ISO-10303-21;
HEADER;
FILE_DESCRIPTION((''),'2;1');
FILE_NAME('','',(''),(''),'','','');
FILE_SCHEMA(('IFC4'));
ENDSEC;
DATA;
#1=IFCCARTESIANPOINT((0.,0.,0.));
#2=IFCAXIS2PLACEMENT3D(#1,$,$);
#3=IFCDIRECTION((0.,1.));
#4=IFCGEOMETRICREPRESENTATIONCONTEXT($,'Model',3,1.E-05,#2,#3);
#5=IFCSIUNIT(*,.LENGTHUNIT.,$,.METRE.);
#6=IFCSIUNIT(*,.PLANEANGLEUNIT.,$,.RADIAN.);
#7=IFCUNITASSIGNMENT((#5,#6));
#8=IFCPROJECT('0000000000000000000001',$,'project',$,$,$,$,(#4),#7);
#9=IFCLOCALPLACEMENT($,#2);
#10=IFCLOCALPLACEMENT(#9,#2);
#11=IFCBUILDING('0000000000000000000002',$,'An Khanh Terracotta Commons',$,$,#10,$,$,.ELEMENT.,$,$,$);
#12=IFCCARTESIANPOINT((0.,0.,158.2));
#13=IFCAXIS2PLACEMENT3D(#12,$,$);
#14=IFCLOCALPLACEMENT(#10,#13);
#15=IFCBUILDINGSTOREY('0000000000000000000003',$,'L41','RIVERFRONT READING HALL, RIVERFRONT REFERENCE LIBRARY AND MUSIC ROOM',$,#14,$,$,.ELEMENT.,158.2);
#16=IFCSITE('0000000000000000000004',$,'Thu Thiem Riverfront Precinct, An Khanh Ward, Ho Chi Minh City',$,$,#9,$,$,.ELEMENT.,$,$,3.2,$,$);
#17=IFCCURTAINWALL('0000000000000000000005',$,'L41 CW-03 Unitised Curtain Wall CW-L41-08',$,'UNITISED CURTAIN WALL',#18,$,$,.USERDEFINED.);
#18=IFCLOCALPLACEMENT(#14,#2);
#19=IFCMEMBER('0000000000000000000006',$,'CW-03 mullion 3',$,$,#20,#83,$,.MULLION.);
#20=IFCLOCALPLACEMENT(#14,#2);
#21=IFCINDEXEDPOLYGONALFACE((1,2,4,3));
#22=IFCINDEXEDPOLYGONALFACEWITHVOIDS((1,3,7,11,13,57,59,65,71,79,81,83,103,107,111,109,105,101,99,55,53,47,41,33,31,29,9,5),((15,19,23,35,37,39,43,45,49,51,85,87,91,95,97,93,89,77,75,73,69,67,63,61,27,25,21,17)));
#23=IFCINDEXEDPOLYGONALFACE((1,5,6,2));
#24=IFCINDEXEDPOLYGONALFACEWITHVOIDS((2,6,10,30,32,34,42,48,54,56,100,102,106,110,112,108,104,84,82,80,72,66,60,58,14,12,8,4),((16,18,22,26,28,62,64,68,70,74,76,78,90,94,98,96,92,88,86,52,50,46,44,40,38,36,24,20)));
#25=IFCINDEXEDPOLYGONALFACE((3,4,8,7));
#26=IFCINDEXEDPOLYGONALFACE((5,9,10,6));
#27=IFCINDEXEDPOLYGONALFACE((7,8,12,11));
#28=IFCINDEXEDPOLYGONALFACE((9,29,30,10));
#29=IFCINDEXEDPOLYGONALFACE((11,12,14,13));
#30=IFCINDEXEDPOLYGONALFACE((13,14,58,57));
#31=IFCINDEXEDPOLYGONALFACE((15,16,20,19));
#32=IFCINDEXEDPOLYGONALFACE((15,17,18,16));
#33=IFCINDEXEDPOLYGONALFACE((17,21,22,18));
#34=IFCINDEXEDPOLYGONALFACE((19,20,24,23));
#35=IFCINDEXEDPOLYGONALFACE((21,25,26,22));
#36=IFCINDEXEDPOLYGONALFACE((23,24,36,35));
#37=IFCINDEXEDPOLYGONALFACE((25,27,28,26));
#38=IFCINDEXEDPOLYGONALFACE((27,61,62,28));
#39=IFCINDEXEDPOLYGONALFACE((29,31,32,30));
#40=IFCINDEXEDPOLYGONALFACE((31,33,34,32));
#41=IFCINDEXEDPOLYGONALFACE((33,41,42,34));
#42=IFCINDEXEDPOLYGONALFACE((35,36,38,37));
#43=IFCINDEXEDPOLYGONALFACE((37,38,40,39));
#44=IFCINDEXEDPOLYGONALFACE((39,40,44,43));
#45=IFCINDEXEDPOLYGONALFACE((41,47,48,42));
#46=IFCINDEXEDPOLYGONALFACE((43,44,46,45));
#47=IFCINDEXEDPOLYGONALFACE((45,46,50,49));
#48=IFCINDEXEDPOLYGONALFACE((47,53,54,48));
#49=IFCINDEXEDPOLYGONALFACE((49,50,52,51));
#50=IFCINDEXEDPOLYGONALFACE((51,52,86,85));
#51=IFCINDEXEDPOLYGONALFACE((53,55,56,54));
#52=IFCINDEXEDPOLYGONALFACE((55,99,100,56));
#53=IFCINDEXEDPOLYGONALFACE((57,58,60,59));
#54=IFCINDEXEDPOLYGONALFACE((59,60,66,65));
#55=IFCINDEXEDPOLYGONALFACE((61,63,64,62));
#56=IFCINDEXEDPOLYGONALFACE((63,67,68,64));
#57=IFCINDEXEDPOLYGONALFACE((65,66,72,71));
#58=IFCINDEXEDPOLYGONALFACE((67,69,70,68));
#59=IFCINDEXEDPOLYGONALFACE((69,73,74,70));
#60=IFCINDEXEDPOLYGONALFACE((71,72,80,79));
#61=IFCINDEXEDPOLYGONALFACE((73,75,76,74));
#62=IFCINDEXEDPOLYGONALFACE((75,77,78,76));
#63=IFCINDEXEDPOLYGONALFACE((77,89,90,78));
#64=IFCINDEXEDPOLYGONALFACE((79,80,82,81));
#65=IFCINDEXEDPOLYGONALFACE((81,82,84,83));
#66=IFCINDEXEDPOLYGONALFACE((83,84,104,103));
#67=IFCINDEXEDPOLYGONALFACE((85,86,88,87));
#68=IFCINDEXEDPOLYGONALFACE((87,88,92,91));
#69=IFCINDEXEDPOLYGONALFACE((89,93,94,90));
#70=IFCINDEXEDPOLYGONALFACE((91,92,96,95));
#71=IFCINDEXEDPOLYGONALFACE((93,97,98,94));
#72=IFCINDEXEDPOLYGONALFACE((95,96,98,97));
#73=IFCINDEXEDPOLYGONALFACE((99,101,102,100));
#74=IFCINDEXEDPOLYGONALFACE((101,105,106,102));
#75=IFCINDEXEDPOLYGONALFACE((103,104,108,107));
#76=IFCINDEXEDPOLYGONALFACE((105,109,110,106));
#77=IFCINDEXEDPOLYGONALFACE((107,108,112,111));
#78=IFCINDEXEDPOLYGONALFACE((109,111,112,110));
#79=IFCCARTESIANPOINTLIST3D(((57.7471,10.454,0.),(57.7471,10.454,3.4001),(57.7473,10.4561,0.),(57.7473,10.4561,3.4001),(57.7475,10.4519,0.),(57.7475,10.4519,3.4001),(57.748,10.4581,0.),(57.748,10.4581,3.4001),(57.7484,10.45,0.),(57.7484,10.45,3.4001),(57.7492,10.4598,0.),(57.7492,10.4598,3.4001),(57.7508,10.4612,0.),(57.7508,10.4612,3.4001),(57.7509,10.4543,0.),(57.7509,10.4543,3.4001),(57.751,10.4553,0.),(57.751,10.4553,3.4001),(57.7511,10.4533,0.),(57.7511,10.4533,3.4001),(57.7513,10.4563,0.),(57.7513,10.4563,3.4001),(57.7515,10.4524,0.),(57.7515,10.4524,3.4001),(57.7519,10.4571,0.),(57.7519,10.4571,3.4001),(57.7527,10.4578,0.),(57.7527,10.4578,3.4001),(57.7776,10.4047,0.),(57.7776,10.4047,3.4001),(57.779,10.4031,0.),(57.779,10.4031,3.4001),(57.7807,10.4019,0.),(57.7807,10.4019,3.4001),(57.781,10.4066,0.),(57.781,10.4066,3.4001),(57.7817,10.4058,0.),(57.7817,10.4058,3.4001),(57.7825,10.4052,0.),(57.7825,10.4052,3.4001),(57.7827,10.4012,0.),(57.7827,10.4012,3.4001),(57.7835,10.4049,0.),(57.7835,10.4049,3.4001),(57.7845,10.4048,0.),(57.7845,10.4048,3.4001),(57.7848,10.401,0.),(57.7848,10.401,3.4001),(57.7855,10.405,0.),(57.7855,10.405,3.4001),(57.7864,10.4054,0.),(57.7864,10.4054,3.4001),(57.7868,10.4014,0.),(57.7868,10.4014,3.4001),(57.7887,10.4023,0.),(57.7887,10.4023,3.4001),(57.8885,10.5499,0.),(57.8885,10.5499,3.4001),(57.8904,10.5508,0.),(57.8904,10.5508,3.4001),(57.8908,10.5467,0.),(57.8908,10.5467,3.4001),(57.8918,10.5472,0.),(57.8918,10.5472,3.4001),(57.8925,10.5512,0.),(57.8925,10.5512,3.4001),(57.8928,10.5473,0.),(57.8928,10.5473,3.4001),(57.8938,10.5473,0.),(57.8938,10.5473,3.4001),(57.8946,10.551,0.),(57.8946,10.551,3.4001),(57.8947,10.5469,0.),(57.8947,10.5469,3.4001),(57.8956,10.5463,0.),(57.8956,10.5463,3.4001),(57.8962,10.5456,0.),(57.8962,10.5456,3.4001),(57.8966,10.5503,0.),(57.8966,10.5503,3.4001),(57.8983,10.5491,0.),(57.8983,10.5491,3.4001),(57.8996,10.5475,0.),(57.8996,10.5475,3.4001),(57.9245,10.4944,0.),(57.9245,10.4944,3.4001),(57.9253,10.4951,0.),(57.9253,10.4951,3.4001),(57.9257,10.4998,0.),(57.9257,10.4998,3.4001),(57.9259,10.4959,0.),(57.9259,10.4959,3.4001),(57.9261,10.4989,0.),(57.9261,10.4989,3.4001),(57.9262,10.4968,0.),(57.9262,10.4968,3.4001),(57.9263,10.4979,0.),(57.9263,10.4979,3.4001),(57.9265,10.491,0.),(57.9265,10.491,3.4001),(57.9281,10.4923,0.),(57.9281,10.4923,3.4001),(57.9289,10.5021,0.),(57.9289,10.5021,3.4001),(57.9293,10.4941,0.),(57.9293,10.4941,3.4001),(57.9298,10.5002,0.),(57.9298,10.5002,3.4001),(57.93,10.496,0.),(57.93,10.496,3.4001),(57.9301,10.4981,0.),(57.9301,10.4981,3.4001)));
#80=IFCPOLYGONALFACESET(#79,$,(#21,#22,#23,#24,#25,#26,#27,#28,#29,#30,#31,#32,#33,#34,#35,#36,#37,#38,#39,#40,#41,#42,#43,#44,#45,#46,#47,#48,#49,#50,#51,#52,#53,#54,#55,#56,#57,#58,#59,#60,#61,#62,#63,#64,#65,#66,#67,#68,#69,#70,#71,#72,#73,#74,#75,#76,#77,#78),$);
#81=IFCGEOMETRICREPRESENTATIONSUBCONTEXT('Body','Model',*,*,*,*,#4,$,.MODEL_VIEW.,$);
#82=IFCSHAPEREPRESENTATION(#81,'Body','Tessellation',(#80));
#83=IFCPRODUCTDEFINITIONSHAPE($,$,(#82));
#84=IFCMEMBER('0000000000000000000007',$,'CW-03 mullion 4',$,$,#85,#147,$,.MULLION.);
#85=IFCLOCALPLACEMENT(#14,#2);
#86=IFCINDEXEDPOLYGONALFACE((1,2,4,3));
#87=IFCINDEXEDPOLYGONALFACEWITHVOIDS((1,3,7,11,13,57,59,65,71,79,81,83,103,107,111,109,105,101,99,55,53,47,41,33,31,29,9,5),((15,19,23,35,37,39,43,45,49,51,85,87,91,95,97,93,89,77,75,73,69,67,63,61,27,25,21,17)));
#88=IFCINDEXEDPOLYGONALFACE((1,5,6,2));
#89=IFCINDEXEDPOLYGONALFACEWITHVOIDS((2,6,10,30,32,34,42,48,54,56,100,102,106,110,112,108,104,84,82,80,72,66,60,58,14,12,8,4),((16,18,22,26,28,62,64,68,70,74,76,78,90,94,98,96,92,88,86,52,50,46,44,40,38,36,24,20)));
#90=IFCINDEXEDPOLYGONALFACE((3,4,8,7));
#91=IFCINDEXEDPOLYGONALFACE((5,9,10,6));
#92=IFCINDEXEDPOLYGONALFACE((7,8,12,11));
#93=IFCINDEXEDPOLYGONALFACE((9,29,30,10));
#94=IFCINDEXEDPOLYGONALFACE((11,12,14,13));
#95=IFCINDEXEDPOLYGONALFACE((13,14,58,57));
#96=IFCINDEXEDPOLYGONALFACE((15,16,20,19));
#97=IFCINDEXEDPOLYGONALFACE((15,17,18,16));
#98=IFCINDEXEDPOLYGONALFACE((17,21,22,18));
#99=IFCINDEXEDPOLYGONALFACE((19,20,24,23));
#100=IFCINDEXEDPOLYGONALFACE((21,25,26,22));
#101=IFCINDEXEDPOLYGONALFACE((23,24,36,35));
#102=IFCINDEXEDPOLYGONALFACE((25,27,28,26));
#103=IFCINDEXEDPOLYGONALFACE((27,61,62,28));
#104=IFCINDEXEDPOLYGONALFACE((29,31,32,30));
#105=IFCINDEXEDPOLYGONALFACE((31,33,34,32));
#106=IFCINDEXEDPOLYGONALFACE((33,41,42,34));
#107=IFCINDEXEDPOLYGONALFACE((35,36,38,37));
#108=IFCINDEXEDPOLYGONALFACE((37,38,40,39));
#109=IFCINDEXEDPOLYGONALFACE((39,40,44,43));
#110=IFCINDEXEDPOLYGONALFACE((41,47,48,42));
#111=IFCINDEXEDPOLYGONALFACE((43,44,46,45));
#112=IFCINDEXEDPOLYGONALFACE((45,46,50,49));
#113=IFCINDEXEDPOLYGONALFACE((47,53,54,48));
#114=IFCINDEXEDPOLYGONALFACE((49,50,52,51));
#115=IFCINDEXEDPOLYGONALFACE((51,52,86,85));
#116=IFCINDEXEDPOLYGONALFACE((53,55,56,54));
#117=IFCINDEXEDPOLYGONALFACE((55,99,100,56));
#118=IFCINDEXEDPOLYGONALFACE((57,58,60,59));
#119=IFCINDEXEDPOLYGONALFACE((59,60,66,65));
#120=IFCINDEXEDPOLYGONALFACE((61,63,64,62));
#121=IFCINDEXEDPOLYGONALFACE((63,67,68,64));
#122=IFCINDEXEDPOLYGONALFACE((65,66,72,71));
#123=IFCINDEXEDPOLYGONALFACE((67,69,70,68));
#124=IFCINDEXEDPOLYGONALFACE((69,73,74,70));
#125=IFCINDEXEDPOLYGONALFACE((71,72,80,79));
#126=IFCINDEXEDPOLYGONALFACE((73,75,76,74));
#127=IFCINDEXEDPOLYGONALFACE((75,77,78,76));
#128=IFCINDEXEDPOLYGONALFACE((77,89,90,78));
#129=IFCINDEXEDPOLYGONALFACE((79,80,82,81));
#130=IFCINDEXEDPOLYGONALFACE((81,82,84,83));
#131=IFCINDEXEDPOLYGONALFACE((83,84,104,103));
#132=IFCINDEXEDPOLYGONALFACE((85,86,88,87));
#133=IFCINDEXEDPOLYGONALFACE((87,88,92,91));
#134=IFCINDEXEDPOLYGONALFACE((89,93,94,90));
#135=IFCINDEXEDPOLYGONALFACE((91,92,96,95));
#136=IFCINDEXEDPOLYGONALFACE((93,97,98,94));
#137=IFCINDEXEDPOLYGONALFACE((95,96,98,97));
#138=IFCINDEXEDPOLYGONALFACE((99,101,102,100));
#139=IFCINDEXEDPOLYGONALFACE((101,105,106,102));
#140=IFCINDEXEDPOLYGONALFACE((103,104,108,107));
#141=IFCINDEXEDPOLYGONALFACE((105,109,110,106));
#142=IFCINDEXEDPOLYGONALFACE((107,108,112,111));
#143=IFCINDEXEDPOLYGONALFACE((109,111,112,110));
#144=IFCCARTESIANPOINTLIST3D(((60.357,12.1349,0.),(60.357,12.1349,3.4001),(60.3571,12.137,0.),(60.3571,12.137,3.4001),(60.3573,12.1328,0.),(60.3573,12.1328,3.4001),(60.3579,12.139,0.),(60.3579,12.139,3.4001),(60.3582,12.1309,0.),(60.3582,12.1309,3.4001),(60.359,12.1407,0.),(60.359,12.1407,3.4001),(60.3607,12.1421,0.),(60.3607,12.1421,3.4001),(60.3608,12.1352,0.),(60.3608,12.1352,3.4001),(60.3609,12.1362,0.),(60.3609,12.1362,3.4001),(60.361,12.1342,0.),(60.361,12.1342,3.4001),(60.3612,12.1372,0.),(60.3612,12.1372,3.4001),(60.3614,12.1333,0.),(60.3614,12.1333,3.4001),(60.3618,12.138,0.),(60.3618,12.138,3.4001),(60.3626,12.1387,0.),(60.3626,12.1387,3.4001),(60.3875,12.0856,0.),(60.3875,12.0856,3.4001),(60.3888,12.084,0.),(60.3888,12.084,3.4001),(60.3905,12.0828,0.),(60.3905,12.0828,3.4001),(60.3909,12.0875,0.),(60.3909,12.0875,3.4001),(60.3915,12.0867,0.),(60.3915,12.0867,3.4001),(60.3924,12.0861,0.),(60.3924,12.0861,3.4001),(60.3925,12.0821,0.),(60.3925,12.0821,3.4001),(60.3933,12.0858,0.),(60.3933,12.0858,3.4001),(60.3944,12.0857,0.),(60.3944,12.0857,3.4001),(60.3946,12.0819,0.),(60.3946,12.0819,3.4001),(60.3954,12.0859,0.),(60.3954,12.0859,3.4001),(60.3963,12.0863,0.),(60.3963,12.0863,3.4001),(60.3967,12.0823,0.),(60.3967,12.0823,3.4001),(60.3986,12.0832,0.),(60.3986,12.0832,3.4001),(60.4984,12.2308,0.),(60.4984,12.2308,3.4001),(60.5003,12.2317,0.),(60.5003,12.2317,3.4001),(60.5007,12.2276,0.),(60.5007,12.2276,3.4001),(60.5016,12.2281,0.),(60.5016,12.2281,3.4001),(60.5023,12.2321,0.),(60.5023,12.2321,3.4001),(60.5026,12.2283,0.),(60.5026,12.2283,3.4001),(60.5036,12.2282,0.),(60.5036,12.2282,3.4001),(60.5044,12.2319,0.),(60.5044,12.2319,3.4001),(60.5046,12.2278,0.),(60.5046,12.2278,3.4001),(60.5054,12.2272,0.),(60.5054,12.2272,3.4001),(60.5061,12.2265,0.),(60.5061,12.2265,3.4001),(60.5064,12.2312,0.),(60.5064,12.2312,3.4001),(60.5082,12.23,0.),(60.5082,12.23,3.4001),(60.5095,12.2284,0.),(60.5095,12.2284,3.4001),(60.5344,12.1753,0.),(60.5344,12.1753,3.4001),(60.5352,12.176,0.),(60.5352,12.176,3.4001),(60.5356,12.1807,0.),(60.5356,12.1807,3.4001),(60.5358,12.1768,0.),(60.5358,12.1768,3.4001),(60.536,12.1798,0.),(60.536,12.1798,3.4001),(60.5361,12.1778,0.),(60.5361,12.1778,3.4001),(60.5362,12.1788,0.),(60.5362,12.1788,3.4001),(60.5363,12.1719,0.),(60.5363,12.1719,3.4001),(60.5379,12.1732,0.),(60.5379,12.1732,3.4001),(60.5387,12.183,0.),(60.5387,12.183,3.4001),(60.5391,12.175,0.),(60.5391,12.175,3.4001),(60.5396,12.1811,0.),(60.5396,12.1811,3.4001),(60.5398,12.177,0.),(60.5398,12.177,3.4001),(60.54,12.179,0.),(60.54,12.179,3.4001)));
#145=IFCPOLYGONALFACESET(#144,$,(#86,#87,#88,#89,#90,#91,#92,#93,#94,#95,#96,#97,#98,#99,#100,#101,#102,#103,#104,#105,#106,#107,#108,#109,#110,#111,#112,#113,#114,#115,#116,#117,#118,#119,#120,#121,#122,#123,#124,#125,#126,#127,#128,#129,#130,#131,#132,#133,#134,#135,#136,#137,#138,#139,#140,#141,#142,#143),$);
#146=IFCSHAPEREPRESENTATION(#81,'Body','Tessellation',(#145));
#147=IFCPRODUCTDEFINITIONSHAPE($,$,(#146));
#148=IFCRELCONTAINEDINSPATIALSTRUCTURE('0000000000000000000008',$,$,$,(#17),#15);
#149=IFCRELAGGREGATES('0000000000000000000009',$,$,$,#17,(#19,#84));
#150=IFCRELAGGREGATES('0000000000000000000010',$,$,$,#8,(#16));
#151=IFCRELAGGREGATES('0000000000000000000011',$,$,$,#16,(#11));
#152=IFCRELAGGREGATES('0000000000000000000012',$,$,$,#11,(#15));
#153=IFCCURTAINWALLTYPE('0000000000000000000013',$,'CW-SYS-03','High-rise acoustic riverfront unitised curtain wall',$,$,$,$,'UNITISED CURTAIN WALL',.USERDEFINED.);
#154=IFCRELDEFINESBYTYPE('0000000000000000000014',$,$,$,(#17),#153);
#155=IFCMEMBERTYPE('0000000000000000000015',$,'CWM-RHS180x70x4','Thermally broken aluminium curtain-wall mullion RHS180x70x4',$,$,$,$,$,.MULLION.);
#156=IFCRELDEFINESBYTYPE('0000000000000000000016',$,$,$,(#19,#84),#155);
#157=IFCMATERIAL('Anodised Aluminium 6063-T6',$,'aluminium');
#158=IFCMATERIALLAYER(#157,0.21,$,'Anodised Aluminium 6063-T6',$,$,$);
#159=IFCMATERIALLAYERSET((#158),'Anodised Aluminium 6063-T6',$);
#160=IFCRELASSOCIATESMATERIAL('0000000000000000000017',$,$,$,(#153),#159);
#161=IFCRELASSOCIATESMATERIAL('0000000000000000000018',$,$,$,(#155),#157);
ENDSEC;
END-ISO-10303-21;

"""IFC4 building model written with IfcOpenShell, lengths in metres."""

from ifc_helpers import new_model, si_unit, direction, frame, origin, origin_2d, place, context, subcontext, project, spatial, hollow_rectangle, extrude, material, layer, layer_set, material_profile, profile_set, type_object, element, aggregate, save


model = new_model("IFC4")

# Units and contexts
model_context = context("Model", 3, precision=1e-05, world=origin(), true_north=direction((0.0, 1.0)))
body_context = subcontext(model_context, "Body", "Model", "MODEL_VIEW")
ifc_project = project(units=[si_unit("LENGTHUNIT", "METRE"), si_unit("PLANEANGLEUNIT", "RADIAN")], contexts=[model_context])

# Site, building, storey
site_placement = place(None, origin())
site = spatial("IfcSite", under=ifc_project, at=site_placement, Name="Thu Thiem Riverfront Precinct, An Khanh Ward, Ho Chi Minh City", CompositionType="ELEMENT", RefElevation=3.2)
building_placement = place(site_placement, origin())
building = spatial("IfcBuilding", under=site, at=building_placement, Name="An Khanh Terracotta Commons", CompositionType="ELEMENT")
storey_placement = place(building_placement, frame((0.0, 0.0, 158.2)))
storey = spatial("IfcBuildingStorey", under=building, at=storey_placement, Name="L41", Description="RIVERFRONT READING HALL, RIVERFRONT REFERENCE LIBRARY AND MUSIC ROOM", CompositionType="ELEMENT", Elevation=158.2)

# Curtain wall, members
ifc_material_1 = material(Name="Anodised Aluminium 6063-T6", Category="aluminium")
ifc_layer_1 = layer(ifc_material_1, 0.21, Name="Anodised Aluminium 6063-T6")
ifc_layer_set_1 = layer_set([ifc_layer_1], Name="Anodised Aluminium 6063-T6")
curtain_wall_type = type_object("IfcCurtainWallType", Name="CW-SYS-03", Description="High-rise acoustic riverfront unitised curtain wall", ElementType="UNITISED CURTAIN WALL", PredefinedType="USERDEFINED", material=ifc_layer_set_1)
curtain_wall_1_placement = place(storey_placement, origin())
curtain_wall_1 = element("IfcCurtainWall", 1, at=curtain_wall_1_placement, inside=storey, type_object=curtain_wall_type, Name="L41 CW-03 Unitised Curtain Wall CW-L41-08", ObjectType="UNITISED CURTAIN WALL", PredefinedType="USERDEFINED")
ifc_material_profile_1 = material_profile(ifc_material_1, hollow_rectangle(XDim=0.0701, YDim=0.1799, WallThickness=0.0039, InnerFilletRadius=0.0039, OuterFilletRadius=0.0081, at=origin_2d()), Name="RHS180x70x4")
ifc_profile_set_1 = profile_set([ifc_material_profile_1], Name="Anodised Aluminium 6063-T6")
member_type_1 = type_object("IfcMemberType", Name="CWM-RHS180x70x4", Description="Thermally broken aluminium curtain-wall mullion RHS180x70x4", PredefinedType="MULLION", material=ifc_profile_set_1)
member_1_placement = place(storey_placement, frame((57.8386, 10.4761, 0.0), z_axis=(0.0, 0.0, 1.0), x_axis=(-0.541498, 0.840702, 0.0)))
member_1 = element("IfcMember", 2, at=member_1_placement, type_object=member_type_1, Name="CW-03 mullion 3", PredefinedType="MULLION", context=body_context, shape_type="SweptSolid", body=[
    extrude(hollow_rectangle(XDim=0.0701, YDim=0.1799, WallThickness=0.0039, InnerFilletRadius=0.0039, OuterFilletRadius=0.0081, at=origin_2d()), origin(), (0.0, 0.0, 1.0), 3.4001),
])
member_2_placement = place(storey_placement, frame((60.4485, 12.157, 0.0), z_axis=(0.0, 0.0, 1.0), x_axis=(-0.541498, 0.840702, 0.0)))
member_2 = element("IfcMember", 3, at=member_2_placement, type_object=member_type_1, Name="CW-03 mullion 4", PredefinedType="MULLION", context=body_context, shape_type="SweptSolid", body=[
    extrude(hollow_rectangle(XDim=0.0701, YDim=0.1799, WallThickness=0.0039, InnerFilletRadius=0.0039, OuterFilletRadius=0.0081, at=origin_2d()), origin(), (0.0, 0.0, 1.0), 3.4001),
])

aggregate(curtain_wall_1, [member_1, member_2])

save(model, "model.ifc")
